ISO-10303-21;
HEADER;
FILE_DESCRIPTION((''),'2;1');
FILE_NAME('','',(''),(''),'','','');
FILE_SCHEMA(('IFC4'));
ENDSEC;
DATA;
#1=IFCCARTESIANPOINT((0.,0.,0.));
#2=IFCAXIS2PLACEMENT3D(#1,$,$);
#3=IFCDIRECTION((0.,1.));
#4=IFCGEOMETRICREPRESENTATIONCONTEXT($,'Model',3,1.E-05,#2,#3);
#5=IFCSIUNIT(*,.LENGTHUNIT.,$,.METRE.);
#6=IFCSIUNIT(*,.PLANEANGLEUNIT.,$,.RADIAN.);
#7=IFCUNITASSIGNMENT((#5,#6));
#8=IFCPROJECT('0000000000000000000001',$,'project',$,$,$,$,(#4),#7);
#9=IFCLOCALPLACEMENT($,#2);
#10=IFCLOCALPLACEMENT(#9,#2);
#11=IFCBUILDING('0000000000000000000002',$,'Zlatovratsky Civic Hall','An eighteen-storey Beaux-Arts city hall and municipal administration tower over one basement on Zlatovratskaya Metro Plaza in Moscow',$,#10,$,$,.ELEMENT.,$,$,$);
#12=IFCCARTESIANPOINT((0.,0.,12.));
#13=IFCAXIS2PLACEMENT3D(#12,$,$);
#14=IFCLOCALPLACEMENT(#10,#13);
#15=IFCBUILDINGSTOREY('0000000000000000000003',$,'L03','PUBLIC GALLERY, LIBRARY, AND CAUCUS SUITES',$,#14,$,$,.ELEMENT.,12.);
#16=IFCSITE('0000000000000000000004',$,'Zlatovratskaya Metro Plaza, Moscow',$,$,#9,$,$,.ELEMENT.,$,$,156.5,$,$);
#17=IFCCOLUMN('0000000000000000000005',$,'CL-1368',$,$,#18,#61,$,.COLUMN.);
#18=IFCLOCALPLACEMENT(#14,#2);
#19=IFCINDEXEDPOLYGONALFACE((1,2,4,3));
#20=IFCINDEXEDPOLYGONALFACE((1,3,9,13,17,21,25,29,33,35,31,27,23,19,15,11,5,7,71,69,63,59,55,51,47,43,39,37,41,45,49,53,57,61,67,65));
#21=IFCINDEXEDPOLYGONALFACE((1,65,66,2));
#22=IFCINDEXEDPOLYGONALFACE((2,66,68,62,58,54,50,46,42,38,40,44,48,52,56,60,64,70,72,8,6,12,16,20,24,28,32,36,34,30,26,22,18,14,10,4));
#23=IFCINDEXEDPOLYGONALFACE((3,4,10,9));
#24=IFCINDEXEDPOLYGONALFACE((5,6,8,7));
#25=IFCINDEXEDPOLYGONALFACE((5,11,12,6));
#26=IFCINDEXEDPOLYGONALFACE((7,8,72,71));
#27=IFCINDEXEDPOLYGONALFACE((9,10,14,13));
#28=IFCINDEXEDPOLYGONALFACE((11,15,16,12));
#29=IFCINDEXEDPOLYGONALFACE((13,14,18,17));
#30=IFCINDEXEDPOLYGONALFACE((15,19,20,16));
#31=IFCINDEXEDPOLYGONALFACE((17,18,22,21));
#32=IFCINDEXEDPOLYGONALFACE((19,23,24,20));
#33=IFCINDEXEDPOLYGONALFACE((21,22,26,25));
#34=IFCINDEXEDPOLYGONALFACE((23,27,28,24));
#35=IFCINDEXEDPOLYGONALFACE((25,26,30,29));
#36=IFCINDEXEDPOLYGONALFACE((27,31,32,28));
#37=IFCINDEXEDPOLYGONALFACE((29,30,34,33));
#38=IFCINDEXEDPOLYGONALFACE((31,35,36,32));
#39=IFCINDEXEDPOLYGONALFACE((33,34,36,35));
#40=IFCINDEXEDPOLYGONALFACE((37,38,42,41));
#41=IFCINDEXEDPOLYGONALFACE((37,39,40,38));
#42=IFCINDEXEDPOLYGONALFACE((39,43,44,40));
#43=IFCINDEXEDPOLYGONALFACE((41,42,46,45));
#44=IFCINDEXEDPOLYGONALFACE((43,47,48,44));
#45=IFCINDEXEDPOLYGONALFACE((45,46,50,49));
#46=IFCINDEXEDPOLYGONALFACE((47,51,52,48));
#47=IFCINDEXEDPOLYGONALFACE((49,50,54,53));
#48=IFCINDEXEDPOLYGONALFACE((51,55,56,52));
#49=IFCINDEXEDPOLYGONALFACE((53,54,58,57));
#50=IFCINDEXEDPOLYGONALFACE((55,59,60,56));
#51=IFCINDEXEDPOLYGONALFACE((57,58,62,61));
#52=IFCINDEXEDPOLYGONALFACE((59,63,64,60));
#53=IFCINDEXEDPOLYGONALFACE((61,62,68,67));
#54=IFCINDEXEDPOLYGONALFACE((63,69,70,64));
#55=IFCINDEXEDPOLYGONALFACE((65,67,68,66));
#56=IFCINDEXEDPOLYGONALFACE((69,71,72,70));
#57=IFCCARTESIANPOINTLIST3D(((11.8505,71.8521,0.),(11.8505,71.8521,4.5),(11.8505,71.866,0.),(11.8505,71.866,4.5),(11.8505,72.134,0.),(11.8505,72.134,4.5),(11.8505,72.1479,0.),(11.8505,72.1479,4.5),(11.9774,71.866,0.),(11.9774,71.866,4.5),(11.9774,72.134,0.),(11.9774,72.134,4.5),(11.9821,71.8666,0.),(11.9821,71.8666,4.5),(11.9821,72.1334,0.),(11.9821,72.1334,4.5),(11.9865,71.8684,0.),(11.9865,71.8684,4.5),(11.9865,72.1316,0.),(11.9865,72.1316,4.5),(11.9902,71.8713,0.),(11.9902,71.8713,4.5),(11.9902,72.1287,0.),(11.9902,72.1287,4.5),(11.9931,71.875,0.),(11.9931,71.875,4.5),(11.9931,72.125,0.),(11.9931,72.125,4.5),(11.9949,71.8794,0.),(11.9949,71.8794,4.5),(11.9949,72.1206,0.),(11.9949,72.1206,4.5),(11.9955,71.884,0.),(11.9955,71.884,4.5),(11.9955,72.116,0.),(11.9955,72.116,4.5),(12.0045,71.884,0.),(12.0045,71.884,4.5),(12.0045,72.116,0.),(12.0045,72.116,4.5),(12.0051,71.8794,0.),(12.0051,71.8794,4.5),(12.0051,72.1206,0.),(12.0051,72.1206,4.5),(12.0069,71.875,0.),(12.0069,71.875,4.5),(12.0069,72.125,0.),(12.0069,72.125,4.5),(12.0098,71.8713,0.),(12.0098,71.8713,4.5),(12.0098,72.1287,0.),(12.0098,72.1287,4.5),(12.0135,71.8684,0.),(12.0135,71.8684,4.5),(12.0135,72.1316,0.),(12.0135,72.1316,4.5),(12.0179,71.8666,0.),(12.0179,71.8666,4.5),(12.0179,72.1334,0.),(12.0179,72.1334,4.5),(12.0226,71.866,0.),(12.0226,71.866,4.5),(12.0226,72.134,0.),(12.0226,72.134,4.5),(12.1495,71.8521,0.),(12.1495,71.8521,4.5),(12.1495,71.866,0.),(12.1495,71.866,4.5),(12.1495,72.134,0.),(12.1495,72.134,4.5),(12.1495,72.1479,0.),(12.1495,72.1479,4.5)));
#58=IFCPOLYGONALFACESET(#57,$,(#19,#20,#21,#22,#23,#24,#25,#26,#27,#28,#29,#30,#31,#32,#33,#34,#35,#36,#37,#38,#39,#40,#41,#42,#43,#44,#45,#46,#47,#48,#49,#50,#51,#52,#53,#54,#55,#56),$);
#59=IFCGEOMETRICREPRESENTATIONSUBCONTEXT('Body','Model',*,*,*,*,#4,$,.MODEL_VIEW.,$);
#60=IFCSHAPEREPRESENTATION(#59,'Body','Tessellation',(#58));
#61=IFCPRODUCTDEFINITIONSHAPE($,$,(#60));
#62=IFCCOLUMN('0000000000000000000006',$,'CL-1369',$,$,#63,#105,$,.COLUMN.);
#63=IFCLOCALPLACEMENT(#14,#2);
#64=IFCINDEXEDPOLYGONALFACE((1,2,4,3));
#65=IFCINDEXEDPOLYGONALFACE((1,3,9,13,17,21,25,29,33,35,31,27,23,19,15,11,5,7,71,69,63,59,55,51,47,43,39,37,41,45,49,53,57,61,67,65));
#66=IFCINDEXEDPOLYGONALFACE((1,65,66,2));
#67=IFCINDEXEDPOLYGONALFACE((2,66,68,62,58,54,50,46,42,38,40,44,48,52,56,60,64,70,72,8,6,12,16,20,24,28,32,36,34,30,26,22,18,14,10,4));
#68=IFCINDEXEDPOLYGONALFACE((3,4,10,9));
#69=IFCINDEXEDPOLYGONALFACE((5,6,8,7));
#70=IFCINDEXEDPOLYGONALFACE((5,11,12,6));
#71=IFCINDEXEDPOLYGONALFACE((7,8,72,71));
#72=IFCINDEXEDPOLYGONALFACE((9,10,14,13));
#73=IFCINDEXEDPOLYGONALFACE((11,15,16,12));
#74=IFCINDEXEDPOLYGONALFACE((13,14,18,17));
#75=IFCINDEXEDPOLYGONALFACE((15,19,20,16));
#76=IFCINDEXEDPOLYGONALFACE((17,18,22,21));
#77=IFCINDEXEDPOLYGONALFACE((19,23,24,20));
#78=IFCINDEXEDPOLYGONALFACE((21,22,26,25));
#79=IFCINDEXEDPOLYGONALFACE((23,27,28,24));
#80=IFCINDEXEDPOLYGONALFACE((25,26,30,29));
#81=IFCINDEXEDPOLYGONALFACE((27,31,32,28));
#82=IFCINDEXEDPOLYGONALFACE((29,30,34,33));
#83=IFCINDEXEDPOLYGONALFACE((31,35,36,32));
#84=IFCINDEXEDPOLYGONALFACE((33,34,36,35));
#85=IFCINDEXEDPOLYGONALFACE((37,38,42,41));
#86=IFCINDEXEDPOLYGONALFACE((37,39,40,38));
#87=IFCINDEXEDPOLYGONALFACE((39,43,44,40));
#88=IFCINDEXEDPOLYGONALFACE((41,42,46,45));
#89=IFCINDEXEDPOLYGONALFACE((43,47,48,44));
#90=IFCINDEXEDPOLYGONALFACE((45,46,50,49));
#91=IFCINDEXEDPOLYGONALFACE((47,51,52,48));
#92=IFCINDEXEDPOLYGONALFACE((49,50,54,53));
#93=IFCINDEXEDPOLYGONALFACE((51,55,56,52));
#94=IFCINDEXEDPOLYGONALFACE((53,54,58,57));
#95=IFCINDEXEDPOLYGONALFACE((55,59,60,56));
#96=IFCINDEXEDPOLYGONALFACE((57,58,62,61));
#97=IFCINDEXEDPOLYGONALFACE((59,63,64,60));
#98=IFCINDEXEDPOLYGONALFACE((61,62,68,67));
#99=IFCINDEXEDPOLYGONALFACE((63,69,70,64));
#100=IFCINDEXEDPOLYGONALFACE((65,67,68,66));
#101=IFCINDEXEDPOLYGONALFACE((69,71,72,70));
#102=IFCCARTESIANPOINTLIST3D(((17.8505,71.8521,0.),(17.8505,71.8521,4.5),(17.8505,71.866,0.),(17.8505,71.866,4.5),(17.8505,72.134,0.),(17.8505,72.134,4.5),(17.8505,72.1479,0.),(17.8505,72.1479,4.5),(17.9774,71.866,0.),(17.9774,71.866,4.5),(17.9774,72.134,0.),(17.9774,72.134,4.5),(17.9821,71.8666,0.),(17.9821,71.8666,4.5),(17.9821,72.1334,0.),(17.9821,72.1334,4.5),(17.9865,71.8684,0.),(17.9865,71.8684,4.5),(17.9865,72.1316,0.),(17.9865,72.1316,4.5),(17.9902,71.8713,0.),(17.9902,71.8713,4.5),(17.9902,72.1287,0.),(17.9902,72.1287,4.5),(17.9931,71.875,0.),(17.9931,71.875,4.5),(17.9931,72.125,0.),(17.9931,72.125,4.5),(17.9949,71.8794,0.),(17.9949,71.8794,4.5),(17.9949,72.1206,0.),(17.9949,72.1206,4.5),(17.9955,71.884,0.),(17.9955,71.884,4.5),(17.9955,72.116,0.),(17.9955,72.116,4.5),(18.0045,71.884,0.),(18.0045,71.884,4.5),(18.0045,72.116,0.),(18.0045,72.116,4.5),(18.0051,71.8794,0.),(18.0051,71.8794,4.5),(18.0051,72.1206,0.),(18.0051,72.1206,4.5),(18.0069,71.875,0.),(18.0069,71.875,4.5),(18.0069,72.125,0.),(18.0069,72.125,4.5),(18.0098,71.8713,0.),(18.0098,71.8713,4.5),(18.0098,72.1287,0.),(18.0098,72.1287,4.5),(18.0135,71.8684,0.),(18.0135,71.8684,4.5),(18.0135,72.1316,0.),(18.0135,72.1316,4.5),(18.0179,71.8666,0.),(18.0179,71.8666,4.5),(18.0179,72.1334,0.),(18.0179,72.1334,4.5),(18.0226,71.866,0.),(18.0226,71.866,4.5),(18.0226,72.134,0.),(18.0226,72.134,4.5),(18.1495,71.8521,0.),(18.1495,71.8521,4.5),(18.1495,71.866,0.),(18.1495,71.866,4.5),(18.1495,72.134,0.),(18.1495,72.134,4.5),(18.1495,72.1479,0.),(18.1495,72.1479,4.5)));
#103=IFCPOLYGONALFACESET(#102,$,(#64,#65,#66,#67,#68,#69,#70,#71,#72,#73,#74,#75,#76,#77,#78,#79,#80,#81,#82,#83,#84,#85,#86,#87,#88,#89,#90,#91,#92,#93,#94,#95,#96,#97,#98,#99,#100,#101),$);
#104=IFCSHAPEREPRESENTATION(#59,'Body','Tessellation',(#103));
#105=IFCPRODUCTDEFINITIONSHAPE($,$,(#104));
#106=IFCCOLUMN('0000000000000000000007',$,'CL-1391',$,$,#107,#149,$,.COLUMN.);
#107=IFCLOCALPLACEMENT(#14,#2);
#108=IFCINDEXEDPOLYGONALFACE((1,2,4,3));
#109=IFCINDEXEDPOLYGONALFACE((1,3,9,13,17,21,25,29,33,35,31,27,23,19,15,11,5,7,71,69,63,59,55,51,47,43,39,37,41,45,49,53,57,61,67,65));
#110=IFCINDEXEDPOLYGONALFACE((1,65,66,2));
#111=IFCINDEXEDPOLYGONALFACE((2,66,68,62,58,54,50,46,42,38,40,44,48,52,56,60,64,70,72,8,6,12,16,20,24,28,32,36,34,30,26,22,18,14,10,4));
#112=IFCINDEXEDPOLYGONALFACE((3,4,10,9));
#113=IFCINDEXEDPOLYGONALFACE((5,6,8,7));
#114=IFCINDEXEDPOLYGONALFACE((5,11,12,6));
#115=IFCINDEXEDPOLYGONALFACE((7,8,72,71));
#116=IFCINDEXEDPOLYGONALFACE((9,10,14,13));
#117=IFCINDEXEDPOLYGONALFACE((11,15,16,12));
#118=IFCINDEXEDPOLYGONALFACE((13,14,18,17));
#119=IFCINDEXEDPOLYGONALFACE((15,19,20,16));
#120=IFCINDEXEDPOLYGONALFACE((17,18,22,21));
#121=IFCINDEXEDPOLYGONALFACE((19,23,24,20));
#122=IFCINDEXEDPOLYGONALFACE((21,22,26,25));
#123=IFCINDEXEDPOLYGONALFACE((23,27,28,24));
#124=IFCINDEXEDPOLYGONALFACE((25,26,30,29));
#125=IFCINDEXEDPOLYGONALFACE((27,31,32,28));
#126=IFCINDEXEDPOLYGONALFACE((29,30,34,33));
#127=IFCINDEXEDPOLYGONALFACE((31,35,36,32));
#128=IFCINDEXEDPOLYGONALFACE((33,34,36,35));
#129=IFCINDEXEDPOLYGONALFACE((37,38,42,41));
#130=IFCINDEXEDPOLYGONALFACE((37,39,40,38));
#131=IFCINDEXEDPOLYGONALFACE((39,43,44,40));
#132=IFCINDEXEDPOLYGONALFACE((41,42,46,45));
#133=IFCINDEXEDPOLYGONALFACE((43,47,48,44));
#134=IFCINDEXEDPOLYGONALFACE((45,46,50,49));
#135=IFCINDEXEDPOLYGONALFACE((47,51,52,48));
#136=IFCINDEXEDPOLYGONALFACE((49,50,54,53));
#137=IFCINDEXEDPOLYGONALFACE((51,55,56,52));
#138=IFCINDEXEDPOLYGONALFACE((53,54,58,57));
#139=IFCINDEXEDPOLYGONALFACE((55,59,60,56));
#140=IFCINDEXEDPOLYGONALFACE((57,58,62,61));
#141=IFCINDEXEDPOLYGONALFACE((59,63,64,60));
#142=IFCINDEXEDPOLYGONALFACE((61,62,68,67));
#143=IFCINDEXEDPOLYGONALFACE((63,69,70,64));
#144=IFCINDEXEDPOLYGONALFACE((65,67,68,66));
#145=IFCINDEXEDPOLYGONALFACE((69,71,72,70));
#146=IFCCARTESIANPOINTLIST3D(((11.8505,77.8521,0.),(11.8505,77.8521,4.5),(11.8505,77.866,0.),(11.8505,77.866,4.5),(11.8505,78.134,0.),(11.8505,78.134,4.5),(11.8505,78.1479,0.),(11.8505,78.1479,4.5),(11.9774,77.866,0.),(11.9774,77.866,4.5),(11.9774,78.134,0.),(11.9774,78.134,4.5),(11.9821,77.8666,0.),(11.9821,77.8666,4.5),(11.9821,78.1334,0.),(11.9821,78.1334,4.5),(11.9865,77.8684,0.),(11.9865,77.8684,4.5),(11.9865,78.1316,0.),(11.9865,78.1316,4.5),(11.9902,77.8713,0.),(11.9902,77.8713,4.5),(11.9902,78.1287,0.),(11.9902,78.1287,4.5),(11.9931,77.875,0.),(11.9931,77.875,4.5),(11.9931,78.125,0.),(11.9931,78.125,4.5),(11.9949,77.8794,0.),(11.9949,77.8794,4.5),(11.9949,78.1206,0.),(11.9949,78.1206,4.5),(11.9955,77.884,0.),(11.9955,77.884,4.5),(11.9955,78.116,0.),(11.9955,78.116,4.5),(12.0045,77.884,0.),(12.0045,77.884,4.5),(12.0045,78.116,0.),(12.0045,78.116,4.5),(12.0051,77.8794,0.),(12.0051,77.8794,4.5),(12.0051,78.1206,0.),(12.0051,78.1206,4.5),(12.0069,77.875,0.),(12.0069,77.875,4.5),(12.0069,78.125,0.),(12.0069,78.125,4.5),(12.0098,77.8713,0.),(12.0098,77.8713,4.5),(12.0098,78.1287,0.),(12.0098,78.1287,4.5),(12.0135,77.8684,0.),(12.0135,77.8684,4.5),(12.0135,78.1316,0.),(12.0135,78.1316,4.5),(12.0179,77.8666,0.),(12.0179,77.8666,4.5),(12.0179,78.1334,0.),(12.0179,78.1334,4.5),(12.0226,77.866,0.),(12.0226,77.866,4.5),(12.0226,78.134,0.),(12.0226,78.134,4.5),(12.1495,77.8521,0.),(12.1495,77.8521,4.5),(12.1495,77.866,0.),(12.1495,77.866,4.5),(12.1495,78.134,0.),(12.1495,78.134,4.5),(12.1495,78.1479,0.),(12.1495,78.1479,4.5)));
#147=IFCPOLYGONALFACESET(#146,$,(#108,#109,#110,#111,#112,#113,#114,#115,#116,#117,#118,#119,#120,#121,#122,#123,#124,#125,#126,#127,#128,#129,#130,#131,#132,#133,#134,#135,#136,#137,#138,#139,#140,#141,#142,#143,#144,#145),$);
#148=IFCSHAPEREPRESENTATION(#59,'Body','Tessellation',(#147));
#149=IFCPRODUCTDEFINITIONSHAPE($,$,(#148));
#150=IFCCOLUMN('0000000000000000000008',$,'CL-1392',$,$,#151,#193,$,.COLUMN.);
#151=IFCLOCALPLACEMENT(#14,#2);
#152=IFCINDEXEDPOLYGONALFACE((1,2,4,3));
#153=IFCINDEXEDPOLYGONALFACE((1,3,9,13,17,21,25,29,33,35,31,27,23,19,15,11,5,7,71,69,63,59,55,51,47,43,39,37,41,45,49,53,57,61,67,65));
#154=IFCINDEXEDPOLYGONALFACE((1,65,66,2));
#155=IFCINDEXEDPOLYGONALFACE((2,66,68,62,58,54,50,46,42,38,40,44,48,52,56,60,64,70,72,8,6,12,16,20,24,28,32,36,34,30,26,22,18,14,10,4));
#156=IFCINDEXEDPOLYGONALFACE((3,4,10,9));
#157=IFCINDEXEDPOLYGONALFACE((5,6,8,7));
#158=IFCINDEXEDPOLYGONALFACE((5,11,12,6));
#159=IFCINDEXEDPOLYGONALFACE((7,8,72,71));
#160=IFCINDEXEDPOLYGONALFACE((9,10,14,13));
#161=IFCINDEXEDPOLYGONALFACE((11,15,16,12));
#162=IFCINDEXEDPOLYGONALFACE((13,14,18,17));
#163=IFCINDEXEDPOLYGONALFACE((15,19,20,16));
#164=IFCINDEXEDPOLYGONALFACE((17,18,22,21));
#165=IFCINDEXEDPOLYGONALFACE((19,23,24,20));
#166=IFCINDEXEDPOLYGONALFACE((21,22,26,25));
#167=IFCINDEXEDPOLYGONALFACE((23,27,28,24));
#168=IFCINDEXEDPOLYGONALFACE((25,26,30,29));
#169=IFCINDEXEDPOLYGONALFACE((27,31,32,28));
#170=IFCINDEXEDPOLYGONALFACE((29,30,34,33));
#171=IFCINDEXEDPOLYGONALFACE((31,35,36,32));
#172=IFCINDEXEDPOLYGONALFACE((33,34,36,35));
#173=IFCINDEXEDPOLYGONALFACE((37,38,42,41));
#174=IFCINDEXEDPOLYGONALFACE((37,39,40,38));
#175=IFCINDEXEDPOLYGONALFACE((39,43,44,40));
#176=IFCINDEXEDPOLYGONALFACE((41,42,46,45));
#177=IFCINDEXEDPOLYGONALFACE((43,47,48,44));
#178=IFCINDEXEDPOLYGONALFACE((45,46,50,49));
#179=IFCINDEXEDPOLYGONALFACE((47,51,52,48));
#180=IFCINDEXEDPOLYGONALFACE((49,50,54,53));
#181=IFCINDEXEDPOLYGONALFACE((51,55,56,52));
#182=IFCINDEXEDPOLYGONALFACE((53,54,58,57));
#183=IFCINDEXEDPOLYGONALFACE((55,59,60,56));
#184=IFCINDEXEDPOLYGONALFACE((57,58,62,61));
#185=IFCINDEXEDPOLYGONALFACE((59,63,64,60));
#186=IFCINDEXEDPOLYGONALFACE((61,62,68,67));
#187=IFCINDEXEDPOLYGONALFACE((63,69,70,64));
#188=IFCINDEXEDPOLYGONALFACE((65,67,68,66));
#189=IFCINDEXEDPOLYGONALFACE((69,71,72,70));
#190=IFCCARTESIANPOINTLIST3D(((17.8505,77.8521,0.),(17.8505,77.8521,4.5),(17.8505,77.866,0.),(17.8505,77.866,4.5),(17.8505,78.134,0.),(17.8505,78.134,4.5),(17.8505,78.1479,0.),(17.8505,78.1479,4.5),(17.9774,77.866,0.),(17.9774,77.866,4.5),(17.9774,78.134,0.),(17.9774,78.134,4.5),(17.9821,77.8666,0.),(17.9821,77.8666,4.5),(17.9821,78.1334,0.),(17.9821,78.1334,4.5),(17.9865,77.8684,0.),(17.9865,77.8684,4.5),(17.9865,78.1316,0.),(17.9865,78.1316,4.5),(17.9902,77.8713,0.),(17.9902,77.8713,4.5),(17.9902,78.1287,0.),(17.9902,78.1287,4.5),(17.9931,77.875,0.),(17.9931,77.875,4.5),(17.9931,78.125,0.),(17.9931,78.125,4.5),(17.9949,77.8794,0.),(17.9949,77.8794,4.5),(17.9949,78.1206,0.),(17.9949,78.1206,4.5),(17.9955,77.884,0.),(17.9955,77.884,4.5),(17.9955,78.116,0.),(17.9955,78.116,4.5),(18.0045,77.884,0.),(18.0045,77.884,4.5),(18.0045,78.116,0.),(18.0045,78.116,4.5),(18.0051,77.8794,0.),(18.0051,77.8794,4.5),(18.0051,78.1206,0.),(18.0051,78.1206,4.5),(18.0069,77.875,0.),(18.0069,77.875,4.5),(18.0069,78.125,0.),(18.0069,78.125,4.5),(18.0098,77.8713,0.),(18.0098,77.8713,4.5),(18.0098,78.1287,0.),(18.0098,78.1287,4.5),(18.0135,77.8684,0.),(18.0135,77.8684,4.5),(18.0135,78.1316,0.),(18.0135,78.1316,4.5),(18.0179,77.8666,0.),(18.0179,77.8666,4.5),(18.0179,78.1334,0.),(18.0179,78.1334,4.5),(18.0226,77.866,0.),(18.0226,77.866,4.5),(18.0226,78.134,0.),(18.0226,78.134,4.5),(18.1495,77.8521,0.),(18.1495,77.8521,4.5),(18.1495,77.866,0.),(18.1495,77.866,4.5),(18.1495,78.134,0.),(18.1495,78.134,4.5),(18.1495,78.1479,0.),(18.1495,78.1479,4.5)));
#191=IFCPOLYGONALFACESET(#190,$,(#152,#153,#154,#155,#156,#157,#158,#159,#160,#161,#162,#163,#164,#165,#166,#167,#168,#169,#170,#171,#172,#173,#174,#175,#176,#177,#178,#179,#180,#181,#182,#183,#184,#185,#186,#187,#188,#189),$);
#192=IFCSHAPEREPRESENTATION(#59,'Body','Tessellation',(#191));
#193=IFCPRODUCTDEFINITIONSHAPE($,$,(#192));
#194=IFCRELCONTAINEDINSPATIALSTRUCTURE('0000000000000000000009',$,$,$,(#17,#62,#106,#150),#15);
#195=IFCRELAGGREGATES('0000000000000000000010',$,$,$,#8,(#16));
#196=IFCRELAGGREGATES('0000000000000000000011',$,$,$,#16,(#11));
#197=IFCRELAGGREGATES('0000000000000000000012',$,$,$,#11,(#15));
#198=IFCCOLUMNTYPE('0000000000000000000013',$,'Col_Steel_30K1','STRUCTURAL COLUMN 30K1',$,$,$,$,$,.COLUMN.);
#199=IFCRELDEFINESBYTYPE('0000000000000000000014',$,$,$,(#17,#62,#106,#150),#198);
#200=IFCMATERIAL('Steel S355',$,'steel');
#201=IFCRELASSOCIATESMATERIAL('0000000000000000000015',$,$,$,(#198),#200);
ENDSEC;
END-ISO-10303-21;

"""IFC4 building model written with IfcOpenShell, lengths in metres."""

from ifc_helpers import new_model, si_unit, direction, frame, origin, origin_2d, place, context, subcontext, project, spatial, i_section, extrude, material, material_profile, profile_set, type_object, element, save


model = new_model("IFC4")

# Units and contexts
model_context = context("Model", 3, precision=1e-05, world=origin(), true_north=direction((0.0, 1.0)))
body_context = subcontext(model_context, "Body", "Model", "MODEL_VIEW")
ifc_project = project(units=[si_unit("LENGTHUNIT", "METRE"), si_unit("PLANEANGLEUNIT", "RADIAN")], contexts=[model_context])

# Site, building, storey
site_placement = place(None, origin())
site = spatial("IfcSite", under=ifc_project, at=site_placement, Name="Zlatovratskaya Metro Plaza, Moscow", CompositionType="ELEMENT", RefElevation=156.5)
building_placement = place(site_placement, origin())
building = spatial("IfcBuilding", under=site, at=building_placement, Name="Zlatovratsky Civic Hall", Description="An eighteen-storey Beaux-Arts city hall and municipal administration tower over one basement on Zlatovratskaya Metro Plaza in Moscow", CompositionType="ELEMENT")
storey_placement = place(building_placement, frame((0.0, 0.0, 12.0)))
storey = spatial("IfcBuildingStorey", under=building, at=storey_placement, Name="L03", Description="PUBLIC GALLERY, LIBRARY, AND CAUCUS SUITES", CompositionType="ELEMENT", Elevation=12.0)

# Columns
ifc_material_1 = material(Name="Steel S355", Category="steel")
ifc_material_profile_1 = material_profile(ifc_material_1, i_section(OverallWidth=0.2991, OverallDepth=0.2959, WebThickness=0.009, FlangeThickness=0.0139, FilletRadius=0.0181, at=origin_2d()), Name="30K1")
ifc_profile_set_1 = profile_set([ifc_material_profile_1], Name="Steel S355")
column_type = type_object("IfcColumnType", Name="Col_Steel_30K1", Description="STRUCTURAL COLUMN 30K1", PredefinedType="COLUMN", material=ifc_profile_set_1)
for number, where, z_axis, x_axis, name in (
    (1, (12.0, 72.0, 0.0), (0.0, 0.0, 1.0), (1.0, 0.0, 0.0), "CL-1368"),
    (2, (18.0, 72.0, 0.0), (0.0, 0.0, 1.0), (1.0, 0.0, 0.0), "CL-1369"),
    (3, (12.0, 78.0, 0.0), (0.0, 0.0, 1.0), (1.0, 0.0, 0.0), "CL-1391"),
    (4, (18.0, 78.0, 0.0), (0.0, 0.0, 1.0), (1.0, 0.0, 0.0), "CL-1392"),
):
    element("IfcColumn", number, at=place(storey_placement, frame(where, z_axis=z_axis, x_axis=x_axis)), inside=storey, type_object=column_type, Name=name, PredefinedType="COLUMN", context=body_context, shape_type="SweptSolid", body=[
        extrude(i_section(OverallWidth=0.2991, OverallDepth=0.2959, WebThickness=0.009, FlangeThickness=0.0139, FilletRadius=0.0181, at=origin_2d()), origin(), (0.0, 0.0, 1.0), 4.5),
    ])

save(model, "model.ifc")
